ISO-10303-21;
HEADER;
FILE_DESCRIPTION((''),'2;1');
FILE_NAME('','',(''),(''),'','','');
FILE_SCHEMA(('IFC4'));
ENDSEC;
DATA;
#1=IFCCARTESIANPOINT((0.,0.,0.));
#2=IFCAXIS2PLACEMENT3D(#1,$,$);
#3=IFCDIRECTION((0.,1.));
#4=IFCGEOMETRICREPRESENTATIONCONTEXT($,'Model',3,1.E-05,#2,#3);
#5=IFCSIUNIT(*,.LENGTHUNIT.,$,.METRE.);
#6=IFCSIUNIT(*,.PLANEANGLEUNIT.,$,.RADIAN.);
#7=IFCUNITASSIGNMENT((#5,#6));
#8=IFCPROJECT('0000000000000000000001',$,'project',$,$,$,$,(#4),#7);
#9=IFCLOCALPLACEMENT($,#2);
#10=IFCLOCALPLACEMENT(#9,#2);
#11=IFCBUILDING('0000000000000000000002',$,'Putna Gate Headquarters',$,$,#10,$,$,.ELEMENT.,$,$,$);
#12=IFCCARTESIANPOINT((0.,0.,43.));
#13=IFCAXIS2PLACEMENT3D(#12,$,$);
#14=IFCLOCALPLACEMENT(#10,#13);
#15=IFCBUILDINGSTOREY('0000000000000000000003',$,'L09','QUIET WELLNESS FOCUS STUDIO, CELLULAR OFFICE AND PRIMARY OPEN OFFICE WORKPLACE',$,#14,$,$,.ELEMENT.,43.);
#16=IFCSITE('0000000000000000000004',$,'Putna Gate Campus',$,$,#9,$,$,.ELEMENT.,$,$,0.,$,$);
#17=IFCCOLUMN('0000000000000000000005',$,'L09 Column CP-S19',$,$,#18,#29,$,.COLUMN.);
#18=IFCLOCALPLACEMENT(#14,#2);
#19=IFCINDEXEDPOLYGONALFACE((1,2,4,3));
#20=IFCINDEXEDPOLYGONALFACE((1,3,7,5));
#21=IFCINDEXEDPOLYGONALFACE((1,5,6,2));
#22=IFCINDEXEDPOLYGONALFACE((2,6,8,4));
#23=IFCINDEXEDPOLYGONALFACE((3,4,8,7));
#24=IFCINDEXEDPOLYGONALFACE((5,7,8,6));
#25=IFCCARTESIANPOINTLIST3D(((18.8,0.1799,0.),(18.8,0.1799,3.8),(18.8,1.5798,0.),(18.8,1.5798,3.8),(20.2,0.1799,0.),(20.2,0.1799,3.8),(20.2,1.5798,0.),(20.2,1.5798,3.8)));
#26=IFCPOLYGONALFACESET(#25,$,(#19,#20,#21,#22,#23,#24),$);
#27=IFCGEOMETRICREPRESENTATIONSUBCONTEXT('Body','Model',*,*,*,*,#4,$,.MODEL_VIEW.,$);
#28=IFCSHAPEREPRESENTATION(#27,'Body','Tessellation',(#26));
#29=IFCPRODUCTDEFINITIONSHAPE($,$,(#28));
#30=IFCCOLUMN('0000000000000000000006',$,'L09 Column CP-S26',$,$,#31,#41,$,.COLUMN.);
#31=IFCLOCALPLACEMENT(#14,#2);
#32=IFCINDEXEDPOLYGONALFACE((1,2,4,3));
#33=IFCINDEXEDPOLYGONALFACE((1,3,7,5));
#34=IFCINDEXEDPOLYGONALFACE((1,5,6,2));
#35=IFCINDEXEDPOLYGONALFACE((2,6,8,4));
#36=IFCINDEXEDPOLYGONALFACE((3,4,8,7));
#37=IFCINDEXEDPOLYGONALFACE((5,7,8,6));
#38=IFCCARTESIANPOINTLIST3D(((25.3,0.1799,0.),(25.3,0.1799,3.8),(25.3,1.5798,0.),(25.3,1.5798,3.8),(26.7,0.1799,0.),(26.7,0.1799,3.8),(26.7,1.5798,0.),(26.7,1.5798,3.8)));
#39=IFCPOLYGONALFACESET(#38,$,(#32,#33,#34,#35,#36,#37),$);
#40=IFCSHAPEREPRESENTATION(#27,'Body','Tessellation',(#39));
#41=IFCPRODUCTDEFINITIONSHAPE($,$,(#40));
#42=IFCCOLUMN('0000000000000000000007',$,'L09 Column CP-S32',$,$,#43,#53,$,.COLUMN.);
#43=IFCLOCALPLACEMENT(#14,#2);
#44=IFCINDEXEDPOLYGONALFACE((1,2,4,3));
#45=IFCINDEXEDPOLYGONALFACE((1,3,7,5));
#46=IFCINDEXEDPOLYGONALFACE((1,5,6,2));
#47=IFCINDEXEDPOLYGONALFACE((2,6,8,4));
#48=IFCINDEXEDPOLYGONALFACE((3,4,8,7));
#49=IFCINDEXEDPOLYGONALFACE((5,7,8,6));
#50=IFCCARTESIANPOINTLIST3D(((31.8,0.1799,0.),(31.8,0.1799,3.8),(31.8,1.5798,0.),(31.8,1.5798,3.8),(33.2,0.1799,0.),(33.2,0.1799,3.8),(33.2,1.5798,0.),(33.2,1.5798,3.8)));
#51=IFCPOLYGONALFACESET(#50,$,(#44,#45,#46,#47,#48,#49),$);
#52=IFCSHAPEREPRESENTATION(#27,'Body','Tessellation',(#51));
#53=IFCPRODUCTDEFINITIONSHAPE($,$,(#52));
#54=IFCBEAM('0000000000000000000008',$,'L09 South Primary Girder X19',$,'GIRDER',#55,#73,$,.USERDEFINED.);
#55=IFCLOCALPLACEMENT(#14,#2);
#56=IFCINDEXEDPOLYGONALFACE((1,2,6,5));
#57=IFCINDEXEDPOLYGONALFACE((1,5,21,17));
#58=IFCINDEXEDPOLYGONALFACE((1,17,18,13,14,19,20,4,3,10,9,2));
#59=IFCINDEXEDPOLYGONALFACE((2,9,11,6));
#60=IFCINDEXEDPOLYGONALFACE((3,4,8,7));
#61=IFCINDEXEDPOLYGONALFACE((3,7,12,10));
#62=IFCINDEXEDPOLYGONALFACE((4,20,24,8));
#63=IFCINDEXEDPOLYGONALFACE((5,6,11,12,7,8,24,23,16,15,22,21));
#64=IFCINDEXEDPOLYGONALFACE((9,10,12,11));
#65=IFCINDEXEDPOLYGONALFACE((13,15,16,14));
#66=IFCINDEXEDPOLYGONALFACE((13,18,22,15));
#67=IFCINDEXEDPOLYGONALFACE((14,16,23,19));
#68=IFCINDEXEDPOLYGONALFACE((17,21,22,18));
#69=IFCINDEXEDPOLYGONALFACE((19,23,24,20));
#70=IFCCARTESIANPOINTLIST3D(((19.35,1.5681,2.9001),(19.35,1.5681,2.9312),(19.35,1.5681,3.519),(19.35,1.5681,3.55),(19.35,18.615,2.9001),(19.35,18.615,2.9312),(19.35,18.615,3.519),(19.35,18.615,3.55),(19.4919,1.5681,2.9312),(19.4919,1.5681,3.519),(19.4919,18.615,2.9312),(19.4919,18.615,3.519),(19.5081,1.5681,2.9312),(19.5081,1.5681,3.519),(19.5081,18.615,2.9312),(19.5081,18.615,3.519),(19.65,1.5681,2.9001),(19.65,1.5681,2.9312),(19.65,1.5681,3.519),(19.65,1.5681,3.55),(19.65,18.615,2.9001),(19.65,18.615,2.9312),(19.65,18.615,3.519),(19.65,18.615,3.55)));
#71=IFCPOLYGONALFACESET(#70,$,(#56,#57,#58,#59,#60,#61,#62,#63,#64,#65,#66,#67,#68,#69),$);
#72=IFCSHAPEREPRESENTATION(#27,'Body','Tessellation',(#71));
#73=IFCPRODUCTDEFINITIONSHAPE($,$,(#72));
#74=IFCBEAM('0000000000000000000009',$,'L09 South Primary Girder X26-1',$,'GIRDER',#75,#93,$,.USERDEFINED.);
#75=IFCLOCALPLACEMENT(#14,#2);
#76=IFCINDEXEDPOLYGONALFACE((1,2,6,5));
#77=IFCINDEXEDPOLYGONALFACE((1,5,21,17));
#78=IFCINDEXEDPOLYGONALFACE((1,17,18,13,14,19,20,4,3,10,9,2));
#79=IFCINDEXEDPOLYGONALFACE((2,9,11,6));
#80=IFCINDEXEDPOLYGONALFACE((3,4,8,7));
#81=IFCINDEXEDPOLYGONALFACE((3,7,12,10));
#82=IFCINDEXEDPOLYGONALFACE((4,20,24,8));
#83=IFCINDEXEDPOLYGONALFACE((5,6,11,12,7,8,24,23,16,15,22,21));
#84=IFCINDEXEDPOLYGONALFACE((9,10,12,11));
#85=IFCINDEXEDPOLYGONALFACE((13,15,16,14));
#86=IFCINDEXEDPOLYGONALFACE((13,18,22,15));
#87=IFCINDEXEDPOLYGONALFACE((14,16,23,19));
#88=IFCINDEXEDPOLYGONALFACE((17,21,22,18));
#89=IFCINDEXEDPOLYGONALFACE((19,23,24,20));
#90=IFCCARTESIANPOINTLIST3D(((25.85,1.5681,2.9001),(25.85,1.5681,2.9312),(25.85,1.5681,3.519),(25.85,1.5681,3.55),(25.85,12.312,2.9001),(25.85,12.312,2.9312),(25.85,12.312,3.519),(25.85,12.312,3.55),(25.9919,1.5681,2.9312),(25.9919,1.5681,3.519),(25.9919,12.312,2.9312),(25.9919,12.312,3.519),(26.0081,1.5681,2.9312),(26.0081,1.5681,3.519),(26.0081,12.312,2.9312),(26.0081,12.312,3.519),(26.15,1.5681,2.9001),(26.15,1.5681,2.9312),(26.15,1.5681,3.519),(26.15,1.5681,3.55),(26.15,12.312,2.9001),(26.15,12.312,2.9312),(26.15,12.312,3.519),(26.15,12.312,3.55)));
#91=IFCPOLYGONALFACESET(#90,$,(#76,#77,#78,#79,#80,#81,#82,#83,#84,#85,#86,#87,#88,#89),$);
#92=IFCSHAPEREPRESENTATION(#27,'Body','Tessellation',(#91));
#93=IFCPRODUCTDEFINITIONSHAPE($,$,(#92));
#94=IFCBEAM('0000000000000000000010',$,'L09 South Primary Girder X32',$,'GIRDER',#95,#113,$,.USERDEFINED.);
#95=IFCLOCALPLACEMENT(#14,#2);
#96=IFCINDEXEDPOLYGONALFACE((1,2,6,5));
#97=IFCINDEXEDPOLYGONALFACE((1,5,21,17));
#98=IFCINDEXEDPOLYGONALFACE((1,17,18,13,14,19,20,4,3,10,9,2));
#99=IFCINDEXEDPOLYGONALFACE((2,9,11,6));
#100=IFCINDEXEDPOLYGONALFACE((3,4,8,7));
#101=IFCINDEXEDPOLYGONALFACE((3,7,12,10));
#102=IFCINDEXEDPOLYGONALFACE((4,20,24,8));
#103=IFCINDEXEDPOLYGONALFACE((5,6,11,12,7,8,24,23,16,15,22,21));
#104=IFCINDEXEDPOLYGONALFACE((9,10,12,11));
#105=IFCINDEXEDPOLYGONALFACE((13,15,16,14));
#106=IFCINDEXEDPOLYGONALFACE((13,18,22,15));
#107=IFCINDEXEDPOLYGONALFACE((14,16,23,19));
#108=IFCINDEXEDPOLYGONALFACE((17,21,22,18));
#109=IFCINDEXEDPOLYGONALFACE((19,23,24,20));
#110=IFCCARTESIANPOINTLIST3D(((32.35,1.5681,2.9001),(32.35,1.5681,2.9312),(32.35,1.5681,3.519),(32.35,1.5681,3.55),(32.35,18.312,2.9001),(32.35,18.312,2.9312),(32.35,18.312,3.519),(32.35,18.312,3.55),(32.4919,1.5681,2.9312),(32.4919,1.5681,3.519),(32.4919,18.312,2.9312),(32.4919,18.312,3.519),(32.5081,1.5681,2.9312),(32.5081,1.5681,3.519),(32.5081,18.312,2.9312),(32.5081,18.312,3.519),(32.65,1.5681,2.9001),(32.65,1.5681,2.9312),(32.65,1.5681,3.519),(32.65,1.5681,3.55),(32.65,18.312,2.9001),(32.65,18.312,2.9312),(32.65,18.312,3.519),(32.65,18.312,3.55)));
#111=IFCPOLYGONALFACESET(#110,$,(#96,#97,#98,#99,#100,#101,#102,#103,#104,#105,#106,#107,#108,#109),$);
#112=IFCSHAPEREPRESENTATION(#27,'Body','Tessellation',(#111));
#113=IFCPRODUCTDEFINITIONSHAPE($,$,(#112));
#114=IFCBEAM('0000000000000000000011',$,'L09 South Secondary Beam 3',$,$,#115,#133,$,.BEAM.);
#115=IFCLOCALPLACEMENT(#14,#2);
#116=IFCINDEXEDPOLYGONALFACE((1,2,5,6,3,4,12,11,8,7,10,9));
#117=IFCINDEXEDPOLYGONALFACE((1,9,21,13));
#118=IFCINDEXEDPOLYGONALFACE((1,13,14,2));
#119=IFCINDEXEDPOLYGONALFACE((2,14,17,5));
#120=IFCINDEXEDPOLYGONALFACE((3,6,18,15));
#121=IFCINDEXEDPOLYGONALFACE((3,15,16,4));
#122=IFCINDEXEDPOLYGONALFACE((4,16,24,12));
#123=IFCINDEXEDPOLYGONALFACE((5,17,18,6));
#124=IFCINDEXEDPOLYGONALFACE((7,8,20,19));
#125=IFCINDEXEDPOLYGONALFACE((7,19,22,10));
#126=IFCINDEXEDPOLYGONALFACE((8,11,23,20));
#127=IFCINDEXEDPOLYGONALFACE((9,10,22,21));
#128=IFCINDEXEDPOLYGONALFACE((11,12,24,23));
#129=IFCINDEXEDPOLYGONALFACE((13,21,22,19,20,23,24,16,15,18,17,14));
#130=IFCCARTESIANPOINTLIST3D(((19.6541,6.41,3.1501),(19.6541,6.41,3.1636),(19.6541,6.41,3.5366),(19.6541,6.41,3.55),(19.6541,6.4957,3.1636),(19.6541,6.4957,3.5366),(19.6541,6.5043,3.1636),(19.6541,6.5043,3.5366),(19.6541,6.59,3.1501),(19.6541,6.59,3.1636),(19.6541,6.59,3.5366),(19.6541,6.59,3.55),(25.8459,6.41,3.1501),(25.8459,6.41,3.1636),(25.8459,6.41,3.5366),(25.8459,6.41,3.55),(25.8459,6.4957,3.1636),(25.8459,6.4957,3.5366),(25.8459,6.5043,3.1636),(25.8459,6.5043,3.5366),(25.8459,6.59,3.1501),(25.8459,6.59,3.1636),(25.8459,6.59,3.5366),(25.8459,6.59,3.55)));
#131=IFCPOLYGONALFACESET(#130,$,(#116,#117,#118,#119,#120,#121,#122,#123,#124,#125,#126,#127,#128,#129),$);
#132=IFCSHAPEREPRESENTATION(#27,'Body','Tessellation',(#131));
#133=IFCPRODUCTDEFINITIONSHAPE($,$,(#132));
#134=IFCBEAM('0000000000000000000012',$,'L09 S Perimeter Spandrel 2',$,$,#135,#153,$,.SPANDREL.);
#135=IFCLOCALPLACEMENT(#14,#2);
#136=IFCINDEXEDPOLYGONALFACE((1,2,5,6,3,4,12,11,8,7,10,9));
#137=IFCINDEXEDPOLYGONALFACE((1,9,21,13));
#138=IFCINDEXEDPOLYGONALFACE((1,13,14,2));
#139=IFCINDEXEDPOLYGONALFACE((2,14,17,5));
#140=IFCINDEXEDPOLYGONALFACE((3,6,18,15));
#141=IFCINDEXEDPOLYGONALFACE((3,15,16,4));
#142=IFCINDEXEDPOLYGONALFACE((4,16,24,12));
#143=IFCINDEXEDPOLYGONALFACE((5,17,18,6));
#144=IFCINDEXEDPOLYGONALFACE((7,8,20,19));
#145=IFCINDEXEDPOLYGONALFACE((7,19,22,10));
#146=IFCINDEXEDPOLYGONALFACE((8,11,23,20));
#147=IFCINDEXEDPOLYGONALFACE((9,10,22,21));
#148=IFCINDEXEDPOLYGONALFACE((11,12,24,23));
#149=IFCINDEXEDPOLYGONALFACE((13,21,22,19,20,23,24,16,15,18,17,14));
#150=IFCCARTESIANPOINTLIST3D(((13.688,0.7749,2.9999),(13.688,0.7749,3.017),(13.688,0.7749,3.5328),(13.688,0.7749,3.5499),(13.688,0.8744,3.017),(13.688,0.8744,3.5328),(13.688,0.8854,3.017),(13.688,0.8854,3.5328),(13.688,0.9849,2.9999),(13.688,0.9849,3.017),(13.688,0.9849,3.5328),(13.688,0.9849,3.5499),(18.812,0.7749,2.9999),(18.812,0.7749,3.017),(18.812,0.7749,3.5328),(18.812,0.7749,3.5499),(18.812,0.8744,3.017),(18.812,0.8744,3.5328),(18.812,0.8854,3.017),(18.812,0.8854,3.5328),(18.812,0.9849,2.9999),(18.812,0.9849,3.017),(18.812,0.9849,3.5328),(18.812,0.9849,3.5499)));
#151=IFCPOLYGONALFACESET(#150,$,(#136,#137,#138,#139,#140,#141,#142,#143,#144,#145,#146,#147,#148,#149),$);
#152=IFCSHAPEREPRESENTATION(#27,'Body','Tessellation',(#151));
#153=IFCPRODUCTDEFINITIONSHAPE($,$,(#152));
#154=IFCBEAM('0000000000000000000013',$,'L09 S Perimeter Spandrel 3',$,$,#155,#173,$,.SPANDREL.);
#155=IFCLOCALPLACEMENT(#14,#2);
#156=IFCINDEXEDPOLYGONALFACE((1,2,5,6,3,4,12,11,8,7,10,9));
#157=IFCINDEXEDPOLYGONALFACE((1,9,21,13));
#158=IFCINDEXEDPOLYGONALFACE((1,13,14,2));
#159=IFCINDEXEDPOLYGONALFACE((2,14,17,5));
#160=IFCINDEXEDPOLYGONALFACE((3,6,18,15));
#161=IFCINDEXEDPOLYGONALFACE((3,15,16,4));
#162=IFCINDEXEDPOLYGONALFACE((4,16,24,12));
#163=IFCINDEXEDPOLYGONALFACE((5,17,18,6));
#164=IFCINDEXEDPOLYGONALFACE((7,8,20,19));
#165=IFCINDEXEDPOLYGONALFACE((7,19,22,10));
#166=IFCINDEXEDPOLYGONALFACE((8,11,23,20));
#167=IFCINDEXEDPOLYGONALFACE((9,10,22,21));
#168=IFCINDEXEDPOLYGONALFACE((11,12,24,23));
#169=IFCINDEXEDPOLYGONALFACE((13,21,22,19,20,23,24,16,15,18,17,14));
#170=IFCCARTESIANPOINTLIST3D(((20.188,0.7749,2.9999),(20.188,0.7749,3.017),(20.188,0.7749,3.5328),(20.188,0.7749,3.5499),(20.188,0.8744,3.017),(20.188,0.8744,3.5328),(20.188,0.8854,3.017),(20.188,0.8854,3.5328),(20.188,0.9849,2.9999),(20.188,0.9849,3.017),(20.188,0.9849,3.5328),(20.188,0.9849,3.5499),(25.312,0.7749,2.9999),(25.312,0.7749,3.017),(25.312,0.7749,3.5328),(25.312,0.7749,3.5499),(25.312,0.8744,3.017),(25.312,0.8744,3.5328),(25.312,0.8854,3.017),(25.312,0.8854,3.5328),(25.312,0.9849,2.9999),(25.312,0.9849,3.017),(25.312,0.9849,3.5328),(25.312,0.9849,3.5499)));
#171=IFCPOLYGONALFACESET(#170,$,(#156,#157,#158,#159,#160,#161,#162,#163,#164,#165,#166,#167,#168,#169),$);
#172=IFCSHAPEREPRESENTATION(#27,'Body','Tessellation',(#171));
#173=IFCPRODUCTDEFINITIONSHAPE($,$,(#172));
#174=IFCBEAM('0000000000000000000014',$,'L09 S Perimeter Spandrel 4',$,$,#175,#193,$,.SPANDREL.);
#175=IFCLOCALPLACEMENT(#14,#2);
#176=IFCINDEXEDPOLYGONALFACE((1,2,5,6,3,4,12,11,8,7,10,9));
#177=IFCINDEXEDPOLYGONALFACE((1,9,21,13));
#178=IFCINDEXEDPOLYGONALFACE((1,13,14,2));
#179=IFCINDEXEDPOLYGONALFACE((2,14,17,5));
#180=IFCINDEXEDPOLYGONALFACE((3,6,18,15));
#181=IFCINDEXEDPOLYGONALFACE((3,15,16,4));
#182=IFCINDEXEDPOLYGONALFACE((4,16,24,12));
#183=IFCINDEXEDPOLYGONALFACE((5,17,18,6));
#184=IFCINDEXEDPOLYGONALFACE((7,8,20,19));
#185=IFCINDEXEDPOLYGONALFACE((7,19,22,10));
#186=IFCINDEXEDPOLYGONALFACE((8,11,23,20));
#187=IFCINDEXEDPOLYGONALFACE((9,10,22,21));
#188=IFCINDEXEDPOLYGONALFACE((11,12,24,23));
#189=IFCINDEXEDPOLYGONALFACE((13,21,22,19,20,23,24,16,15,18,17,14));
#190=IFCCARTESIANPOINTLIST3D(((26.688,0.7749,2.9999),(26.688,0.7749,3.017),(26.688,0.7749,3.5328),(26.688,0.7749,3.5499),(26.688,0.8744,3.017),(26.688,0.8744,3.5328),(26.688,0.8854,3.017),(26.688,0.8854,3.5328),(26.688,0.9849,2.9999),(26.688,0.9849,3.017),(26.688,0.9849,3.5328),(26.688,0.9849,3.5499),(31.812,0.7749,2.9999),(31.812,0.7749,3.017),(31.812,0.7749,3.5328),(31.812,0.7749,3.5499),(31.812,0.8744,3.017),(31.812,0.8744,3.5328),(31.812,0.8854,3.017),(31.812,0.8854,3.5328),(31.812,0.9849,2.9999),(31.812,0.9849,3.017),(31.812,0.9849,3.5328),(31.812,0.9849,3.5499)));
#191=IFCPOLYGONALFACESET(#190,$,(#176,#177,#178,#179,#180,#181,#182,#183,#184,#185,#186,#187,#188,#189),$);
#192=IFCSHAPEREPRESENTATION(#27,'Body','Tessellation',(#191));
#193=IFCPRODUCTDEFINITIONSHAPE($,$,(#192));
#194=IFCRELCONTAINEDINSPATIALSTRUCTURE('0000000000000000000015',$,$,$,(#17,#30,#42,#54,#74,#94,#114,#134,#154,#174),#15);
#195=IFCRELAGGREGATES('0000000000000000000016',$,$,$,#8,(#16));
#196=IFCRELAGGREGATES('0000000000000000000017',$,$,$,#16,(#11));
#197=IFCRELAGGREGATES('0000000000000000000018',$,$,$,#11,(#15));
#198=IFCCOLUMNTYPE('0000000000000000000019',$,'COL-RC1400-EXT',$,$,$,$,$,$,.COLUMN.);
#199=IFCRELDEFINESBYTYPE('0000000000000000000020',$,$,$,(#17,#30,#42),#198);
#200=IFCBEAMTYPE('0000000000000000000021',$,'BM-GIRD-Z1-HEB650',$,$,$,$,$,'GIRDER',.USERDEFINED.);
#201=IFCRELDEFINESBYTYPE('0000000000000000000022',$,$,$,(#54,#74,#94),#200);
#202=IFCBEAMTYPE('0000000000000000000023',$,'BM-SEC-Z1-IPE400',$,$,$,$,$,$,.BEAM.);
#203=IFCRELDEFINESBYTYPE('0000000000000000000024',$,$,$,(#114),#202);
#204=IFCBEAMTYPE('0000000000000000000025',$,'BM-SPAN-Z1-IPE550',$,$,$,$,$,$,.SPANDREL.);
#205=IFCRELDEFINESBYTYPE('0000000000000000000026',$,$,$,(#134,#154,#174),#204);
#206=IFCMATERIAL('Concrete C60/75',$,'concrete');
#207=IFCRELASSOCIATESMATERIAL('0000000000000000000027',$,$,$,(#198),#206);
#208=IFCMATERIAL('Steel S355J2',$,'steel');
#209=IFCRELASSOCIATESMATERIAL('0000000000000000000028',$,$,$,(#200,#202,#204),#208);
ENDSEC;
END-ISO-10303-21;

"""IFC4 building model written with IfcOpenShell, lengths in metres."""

from ifc_helpers import new_model, si_unit, direction, frame, origin, origin_2d, place, context, subcontext, project, spatial, rectangle, i_section, extrude, material, material_profile, profile_set, type_object, element, save


model = new_model("IFC4")

# Units and contexts
model_context = context("Model", 3, precision=1e-05, world=origin(), true_north=direction((0.0, 1.0)))
body_context = subcontext(model_context, "Body", "Model", "MODEL_VIEW")
ifc_project = project(units=[si_unit("LENGTHUNIT", "METRE"), si_unit("PLANEANGLEUNIT", "RADIAN")], contexts=[model_context])

# Site, building, storey
site_placement = place(None, origin())
site = spatial("IfcSite", under=ifc_project, at=site_placement, Name="Putna Gate Campus", CompositionType="ELEMENT", RefElevation=0.0)
building_placement = place(site_placement, origin())
building = spatial("IfcBuilding", under=site, at=building_placement, Name="Putna Gate Headquarters", CompositionType="ELEMENT")
storey_placement = place(building_placement, frame((0.0, 0.0, 43.0)))
storey = spatial("IfcBuildingStorey", under=building, at=storey_placement, Name="L09", Description="QUIET WELLNESS FOCUS STUDIO, CELLULAR OFFICE AND PRIMARY OPEN OFFICE WORKPLACE", CompositionType="ELEMENT", Elevation=43.0)

# Columns
ifc_material_1 = material(Name="Concrete C60/75", Category="concrete")
ifc_material_profile_1 = material_profile(ifc_material_1, rectangle(XDim=1.3999, YDim=1.3999, at=origin_2d()), Name="Concrete C60/75")
ifc_profile_set_1 = profile_set([ifc_material_profile_1], Name="Concrete C60/75")
column_type = type_object("IfcColumnType", Name="COL-RC1400-EXT", PredefinedType="COLUMN", material=ifc_profile_set_1)
for number, where, z_axis, x_axis, name in (
    (1, (19.5, 0.8799, 0.0), (0.0, 0.0, 1.0), (1.0, 0.0, 0.0), "L09 Column CP-S19"),
    (2, (26.0, 0.8799, 0.0), (0.0, 0.0, 1.0), (1.0, 0.0, 0.0), "L09 Column CP-S26"),
    (3, (32.5, 0.8799, 0.0), (0.0, 0.0, 1.0), (1.0, 0.0, 0.0), "L09 Column CP-S32"),
):
    element("IfcColumn", number, at=place(storey_placement, frame(where, z_axis=z_axis, x_axis=x_axis)), inside=storey, type_object=column_type, Name=name, PredefinedType="COLUMN", context=body_context, shape_type="SweptSolid", body=[
        extrude(rectangle(XDim=1.3999, YDim=1.3999, at=origin_2d()), origin(), (0.0, 0.0, 1.0), 3.8),
    ])

# Beams
ifc_material_2 = material(Name="Steel S355J2", Category="steel")
ifc_material_profile_2 = material_profile(ifc_material_2, i_section(OverallWidth=0.3, OverallDepth=0.6499, WebThickness=0.0161, FlangeThickness=0.031, at=origin_2d()), Name="Steel S355J2")
ifc_profile_set_2 = profile_set([ifc_material_profile_2], Name="Steel S355J2")
beam_type_1 = type_object("IfcBeamType", Name="BM-GIRD-Z1-HEB650", ElementType="GIRDER", PredefinedType="USERDEFINED", material=ifc_profile_set_2)
beam_1_placement = place(storey_placement, frame((19.5, 1.5681, 3.2251), z_axis=(0.0, 1.0, 0.0), x_axis=(-1.0, 0.0, 0.0)))
element("IfcBeam", 4, at=beam_1_placement, inside=storey, type_object=beam_type_1, Name="L09 South Primary Girder X19", ObjectType="GIRDER", PredefinedType="USERDEFINED", context=body_context, shape_type="SweptSolid", body=[
    extrude(i_section(OverallWidth=0.3, OverallDepth=0.6499, WebThickness=0.0161, FlangeThickness=0.031, at=origin_2d()), origin(), (0.0, 0.0, 1.0), 17.0469),
])
beam_2_placement = place(storey_placement, frame((26.0, 1.5681, 3.2251), z_axis=(0.0, 1.0, 0.0), x_axis=(-1.0, 0.0, 0.0)))
element("IfcBeam", 5, at=beam_2_placement, inside=storey, type_object=beam_type_1, Name="L09 South Primary Girder X26-1", ObjectType="GIRDER", PredefinedType="USERDEFINED", context=body_context, shape_type="SweptSolid", body=[
    extrude(i_section(OverallWidth=0.3, OverallDepth=0.6499, WebThickness=0.0161, FlangeThickness=0.031, at=origin_2d()), origin(), (0.0, 0.0, 1.0), 10.7439),
])
beam_3_placement = place(storey_placement, frame((32.5, 1.5681, 3.2251), z_axis=(0.0, 1.0, 0.0), x_axis=(-1.0, 0.0, 0.0)))
element("IfcBeam", 6, at=beam_3_placement, inside=storey, type_object=beam_type_1, Name="L09 South Primary Girder X32", ObjectType="GIRDER", PredefinedType="USERDEFINED", context=body_context, shape_type="SweptSolid", body=[
    extrude(i_section(OverallWidth=0.3, OverallDepth=0.6499, WebThickness=0.0161, FlangeThickness=0.031, at=origin_2d()), origin(), (0.0, 0.0, 1.0), 16.7439),
])
ifc_material_profile_3 = material_profile(ifc_material_2, i_section(OverallWidth=0.1799, OverallDepth=0.3999, WebThickness=0.0085, FlangeThickness=0.0134, at=origin_2d()), Name="Steel S355J2")
ifc_profile_set_3 = profile_set([ifc_material_profile_3], Name="Steel S355J2")
beam_type_2 = type_object("IfcBeamType", Name="BM-SEC-Z1-IPE400", PredefinedType="BEAM", material=ifc_profile_set_3)
beam_4_placement = place(storey_placement, frame((19.6541, 6.5, 3.3501), z_axis=(1.0, 0.0, 0.0), x_axis=(0.0, 1.0, 0.0)))
element("IfcBeam", 7, at=beam_4_placement, inside=storey, type_object=beam_type_2, Name="L09 South Secondary Beam 3", PredefinedType="BEAM", context=body_context, shape_type="SweptSolid", body=[
    extrude(i_section(OverallWidth=0.1799, OverallDepth=0.3999, WebThickness=0.0085, FlangeThickness=0.0134, at=origin_2d()), origin(), (0.0, 0.0, 1.0), 6.1919),
])
ifc_material_profile_4 = material_profile(ifc_material_2, i_section(OverallWidth=0.21, OverallDepth=0.55, WebThickness=0.011, FlangeThickness=0.0171, at=origin_2d()), Name="Steel S355J2")
ifc_profile_set_4 = profile_set([ifc_material_profile_4], Name="Steel S355J2")
beam_type_3 = type_object("IfcBeamType", Name="BM-SPAN-Z1-IPE550", PredefinedType="SPANDREL", material=ifc_profile_set_4)
for number, where, z_axis, x_axis, name in (
    (8, (13.688, 0.8799, 3.2749), (1.0, 0.0, 0.0), (0.0, 1.0, 0.0), "L09 S Perimeter Spandrel 2"),
    (9, (20.188, 0.8799, 3.2749), (1.0, 0.0, 0.0), (0.0, 1.0, 0.0), "L09 S Perimeter Spandrel 3"),
    (10, (26.688, 0.8799, 3.2749), (1.0, 0.0, 0.0), (0.0, 1.0, 0.0), "L09 S Perimeter Spandrel 4"),
):
    element("IfcBeam", number, at=place(storey_placement, frame(where, z_axis=z_axis, x_axis=x_axis)), inside=storey, type_object=beam_type_3, Name=name, PredefinedType="SPANDREL", context=body_context, shape_type="SweptSolid", body=[
        extrude(i_section(OverallWidth=0.21, OverallDepth=0.55, WebThickness=0.011, FlangeThickness=0.0171, at=origin_2d()), origin(), (0.0, 0.0, 1.0), 5.124),
    ])

save(model, "model.ifc")
